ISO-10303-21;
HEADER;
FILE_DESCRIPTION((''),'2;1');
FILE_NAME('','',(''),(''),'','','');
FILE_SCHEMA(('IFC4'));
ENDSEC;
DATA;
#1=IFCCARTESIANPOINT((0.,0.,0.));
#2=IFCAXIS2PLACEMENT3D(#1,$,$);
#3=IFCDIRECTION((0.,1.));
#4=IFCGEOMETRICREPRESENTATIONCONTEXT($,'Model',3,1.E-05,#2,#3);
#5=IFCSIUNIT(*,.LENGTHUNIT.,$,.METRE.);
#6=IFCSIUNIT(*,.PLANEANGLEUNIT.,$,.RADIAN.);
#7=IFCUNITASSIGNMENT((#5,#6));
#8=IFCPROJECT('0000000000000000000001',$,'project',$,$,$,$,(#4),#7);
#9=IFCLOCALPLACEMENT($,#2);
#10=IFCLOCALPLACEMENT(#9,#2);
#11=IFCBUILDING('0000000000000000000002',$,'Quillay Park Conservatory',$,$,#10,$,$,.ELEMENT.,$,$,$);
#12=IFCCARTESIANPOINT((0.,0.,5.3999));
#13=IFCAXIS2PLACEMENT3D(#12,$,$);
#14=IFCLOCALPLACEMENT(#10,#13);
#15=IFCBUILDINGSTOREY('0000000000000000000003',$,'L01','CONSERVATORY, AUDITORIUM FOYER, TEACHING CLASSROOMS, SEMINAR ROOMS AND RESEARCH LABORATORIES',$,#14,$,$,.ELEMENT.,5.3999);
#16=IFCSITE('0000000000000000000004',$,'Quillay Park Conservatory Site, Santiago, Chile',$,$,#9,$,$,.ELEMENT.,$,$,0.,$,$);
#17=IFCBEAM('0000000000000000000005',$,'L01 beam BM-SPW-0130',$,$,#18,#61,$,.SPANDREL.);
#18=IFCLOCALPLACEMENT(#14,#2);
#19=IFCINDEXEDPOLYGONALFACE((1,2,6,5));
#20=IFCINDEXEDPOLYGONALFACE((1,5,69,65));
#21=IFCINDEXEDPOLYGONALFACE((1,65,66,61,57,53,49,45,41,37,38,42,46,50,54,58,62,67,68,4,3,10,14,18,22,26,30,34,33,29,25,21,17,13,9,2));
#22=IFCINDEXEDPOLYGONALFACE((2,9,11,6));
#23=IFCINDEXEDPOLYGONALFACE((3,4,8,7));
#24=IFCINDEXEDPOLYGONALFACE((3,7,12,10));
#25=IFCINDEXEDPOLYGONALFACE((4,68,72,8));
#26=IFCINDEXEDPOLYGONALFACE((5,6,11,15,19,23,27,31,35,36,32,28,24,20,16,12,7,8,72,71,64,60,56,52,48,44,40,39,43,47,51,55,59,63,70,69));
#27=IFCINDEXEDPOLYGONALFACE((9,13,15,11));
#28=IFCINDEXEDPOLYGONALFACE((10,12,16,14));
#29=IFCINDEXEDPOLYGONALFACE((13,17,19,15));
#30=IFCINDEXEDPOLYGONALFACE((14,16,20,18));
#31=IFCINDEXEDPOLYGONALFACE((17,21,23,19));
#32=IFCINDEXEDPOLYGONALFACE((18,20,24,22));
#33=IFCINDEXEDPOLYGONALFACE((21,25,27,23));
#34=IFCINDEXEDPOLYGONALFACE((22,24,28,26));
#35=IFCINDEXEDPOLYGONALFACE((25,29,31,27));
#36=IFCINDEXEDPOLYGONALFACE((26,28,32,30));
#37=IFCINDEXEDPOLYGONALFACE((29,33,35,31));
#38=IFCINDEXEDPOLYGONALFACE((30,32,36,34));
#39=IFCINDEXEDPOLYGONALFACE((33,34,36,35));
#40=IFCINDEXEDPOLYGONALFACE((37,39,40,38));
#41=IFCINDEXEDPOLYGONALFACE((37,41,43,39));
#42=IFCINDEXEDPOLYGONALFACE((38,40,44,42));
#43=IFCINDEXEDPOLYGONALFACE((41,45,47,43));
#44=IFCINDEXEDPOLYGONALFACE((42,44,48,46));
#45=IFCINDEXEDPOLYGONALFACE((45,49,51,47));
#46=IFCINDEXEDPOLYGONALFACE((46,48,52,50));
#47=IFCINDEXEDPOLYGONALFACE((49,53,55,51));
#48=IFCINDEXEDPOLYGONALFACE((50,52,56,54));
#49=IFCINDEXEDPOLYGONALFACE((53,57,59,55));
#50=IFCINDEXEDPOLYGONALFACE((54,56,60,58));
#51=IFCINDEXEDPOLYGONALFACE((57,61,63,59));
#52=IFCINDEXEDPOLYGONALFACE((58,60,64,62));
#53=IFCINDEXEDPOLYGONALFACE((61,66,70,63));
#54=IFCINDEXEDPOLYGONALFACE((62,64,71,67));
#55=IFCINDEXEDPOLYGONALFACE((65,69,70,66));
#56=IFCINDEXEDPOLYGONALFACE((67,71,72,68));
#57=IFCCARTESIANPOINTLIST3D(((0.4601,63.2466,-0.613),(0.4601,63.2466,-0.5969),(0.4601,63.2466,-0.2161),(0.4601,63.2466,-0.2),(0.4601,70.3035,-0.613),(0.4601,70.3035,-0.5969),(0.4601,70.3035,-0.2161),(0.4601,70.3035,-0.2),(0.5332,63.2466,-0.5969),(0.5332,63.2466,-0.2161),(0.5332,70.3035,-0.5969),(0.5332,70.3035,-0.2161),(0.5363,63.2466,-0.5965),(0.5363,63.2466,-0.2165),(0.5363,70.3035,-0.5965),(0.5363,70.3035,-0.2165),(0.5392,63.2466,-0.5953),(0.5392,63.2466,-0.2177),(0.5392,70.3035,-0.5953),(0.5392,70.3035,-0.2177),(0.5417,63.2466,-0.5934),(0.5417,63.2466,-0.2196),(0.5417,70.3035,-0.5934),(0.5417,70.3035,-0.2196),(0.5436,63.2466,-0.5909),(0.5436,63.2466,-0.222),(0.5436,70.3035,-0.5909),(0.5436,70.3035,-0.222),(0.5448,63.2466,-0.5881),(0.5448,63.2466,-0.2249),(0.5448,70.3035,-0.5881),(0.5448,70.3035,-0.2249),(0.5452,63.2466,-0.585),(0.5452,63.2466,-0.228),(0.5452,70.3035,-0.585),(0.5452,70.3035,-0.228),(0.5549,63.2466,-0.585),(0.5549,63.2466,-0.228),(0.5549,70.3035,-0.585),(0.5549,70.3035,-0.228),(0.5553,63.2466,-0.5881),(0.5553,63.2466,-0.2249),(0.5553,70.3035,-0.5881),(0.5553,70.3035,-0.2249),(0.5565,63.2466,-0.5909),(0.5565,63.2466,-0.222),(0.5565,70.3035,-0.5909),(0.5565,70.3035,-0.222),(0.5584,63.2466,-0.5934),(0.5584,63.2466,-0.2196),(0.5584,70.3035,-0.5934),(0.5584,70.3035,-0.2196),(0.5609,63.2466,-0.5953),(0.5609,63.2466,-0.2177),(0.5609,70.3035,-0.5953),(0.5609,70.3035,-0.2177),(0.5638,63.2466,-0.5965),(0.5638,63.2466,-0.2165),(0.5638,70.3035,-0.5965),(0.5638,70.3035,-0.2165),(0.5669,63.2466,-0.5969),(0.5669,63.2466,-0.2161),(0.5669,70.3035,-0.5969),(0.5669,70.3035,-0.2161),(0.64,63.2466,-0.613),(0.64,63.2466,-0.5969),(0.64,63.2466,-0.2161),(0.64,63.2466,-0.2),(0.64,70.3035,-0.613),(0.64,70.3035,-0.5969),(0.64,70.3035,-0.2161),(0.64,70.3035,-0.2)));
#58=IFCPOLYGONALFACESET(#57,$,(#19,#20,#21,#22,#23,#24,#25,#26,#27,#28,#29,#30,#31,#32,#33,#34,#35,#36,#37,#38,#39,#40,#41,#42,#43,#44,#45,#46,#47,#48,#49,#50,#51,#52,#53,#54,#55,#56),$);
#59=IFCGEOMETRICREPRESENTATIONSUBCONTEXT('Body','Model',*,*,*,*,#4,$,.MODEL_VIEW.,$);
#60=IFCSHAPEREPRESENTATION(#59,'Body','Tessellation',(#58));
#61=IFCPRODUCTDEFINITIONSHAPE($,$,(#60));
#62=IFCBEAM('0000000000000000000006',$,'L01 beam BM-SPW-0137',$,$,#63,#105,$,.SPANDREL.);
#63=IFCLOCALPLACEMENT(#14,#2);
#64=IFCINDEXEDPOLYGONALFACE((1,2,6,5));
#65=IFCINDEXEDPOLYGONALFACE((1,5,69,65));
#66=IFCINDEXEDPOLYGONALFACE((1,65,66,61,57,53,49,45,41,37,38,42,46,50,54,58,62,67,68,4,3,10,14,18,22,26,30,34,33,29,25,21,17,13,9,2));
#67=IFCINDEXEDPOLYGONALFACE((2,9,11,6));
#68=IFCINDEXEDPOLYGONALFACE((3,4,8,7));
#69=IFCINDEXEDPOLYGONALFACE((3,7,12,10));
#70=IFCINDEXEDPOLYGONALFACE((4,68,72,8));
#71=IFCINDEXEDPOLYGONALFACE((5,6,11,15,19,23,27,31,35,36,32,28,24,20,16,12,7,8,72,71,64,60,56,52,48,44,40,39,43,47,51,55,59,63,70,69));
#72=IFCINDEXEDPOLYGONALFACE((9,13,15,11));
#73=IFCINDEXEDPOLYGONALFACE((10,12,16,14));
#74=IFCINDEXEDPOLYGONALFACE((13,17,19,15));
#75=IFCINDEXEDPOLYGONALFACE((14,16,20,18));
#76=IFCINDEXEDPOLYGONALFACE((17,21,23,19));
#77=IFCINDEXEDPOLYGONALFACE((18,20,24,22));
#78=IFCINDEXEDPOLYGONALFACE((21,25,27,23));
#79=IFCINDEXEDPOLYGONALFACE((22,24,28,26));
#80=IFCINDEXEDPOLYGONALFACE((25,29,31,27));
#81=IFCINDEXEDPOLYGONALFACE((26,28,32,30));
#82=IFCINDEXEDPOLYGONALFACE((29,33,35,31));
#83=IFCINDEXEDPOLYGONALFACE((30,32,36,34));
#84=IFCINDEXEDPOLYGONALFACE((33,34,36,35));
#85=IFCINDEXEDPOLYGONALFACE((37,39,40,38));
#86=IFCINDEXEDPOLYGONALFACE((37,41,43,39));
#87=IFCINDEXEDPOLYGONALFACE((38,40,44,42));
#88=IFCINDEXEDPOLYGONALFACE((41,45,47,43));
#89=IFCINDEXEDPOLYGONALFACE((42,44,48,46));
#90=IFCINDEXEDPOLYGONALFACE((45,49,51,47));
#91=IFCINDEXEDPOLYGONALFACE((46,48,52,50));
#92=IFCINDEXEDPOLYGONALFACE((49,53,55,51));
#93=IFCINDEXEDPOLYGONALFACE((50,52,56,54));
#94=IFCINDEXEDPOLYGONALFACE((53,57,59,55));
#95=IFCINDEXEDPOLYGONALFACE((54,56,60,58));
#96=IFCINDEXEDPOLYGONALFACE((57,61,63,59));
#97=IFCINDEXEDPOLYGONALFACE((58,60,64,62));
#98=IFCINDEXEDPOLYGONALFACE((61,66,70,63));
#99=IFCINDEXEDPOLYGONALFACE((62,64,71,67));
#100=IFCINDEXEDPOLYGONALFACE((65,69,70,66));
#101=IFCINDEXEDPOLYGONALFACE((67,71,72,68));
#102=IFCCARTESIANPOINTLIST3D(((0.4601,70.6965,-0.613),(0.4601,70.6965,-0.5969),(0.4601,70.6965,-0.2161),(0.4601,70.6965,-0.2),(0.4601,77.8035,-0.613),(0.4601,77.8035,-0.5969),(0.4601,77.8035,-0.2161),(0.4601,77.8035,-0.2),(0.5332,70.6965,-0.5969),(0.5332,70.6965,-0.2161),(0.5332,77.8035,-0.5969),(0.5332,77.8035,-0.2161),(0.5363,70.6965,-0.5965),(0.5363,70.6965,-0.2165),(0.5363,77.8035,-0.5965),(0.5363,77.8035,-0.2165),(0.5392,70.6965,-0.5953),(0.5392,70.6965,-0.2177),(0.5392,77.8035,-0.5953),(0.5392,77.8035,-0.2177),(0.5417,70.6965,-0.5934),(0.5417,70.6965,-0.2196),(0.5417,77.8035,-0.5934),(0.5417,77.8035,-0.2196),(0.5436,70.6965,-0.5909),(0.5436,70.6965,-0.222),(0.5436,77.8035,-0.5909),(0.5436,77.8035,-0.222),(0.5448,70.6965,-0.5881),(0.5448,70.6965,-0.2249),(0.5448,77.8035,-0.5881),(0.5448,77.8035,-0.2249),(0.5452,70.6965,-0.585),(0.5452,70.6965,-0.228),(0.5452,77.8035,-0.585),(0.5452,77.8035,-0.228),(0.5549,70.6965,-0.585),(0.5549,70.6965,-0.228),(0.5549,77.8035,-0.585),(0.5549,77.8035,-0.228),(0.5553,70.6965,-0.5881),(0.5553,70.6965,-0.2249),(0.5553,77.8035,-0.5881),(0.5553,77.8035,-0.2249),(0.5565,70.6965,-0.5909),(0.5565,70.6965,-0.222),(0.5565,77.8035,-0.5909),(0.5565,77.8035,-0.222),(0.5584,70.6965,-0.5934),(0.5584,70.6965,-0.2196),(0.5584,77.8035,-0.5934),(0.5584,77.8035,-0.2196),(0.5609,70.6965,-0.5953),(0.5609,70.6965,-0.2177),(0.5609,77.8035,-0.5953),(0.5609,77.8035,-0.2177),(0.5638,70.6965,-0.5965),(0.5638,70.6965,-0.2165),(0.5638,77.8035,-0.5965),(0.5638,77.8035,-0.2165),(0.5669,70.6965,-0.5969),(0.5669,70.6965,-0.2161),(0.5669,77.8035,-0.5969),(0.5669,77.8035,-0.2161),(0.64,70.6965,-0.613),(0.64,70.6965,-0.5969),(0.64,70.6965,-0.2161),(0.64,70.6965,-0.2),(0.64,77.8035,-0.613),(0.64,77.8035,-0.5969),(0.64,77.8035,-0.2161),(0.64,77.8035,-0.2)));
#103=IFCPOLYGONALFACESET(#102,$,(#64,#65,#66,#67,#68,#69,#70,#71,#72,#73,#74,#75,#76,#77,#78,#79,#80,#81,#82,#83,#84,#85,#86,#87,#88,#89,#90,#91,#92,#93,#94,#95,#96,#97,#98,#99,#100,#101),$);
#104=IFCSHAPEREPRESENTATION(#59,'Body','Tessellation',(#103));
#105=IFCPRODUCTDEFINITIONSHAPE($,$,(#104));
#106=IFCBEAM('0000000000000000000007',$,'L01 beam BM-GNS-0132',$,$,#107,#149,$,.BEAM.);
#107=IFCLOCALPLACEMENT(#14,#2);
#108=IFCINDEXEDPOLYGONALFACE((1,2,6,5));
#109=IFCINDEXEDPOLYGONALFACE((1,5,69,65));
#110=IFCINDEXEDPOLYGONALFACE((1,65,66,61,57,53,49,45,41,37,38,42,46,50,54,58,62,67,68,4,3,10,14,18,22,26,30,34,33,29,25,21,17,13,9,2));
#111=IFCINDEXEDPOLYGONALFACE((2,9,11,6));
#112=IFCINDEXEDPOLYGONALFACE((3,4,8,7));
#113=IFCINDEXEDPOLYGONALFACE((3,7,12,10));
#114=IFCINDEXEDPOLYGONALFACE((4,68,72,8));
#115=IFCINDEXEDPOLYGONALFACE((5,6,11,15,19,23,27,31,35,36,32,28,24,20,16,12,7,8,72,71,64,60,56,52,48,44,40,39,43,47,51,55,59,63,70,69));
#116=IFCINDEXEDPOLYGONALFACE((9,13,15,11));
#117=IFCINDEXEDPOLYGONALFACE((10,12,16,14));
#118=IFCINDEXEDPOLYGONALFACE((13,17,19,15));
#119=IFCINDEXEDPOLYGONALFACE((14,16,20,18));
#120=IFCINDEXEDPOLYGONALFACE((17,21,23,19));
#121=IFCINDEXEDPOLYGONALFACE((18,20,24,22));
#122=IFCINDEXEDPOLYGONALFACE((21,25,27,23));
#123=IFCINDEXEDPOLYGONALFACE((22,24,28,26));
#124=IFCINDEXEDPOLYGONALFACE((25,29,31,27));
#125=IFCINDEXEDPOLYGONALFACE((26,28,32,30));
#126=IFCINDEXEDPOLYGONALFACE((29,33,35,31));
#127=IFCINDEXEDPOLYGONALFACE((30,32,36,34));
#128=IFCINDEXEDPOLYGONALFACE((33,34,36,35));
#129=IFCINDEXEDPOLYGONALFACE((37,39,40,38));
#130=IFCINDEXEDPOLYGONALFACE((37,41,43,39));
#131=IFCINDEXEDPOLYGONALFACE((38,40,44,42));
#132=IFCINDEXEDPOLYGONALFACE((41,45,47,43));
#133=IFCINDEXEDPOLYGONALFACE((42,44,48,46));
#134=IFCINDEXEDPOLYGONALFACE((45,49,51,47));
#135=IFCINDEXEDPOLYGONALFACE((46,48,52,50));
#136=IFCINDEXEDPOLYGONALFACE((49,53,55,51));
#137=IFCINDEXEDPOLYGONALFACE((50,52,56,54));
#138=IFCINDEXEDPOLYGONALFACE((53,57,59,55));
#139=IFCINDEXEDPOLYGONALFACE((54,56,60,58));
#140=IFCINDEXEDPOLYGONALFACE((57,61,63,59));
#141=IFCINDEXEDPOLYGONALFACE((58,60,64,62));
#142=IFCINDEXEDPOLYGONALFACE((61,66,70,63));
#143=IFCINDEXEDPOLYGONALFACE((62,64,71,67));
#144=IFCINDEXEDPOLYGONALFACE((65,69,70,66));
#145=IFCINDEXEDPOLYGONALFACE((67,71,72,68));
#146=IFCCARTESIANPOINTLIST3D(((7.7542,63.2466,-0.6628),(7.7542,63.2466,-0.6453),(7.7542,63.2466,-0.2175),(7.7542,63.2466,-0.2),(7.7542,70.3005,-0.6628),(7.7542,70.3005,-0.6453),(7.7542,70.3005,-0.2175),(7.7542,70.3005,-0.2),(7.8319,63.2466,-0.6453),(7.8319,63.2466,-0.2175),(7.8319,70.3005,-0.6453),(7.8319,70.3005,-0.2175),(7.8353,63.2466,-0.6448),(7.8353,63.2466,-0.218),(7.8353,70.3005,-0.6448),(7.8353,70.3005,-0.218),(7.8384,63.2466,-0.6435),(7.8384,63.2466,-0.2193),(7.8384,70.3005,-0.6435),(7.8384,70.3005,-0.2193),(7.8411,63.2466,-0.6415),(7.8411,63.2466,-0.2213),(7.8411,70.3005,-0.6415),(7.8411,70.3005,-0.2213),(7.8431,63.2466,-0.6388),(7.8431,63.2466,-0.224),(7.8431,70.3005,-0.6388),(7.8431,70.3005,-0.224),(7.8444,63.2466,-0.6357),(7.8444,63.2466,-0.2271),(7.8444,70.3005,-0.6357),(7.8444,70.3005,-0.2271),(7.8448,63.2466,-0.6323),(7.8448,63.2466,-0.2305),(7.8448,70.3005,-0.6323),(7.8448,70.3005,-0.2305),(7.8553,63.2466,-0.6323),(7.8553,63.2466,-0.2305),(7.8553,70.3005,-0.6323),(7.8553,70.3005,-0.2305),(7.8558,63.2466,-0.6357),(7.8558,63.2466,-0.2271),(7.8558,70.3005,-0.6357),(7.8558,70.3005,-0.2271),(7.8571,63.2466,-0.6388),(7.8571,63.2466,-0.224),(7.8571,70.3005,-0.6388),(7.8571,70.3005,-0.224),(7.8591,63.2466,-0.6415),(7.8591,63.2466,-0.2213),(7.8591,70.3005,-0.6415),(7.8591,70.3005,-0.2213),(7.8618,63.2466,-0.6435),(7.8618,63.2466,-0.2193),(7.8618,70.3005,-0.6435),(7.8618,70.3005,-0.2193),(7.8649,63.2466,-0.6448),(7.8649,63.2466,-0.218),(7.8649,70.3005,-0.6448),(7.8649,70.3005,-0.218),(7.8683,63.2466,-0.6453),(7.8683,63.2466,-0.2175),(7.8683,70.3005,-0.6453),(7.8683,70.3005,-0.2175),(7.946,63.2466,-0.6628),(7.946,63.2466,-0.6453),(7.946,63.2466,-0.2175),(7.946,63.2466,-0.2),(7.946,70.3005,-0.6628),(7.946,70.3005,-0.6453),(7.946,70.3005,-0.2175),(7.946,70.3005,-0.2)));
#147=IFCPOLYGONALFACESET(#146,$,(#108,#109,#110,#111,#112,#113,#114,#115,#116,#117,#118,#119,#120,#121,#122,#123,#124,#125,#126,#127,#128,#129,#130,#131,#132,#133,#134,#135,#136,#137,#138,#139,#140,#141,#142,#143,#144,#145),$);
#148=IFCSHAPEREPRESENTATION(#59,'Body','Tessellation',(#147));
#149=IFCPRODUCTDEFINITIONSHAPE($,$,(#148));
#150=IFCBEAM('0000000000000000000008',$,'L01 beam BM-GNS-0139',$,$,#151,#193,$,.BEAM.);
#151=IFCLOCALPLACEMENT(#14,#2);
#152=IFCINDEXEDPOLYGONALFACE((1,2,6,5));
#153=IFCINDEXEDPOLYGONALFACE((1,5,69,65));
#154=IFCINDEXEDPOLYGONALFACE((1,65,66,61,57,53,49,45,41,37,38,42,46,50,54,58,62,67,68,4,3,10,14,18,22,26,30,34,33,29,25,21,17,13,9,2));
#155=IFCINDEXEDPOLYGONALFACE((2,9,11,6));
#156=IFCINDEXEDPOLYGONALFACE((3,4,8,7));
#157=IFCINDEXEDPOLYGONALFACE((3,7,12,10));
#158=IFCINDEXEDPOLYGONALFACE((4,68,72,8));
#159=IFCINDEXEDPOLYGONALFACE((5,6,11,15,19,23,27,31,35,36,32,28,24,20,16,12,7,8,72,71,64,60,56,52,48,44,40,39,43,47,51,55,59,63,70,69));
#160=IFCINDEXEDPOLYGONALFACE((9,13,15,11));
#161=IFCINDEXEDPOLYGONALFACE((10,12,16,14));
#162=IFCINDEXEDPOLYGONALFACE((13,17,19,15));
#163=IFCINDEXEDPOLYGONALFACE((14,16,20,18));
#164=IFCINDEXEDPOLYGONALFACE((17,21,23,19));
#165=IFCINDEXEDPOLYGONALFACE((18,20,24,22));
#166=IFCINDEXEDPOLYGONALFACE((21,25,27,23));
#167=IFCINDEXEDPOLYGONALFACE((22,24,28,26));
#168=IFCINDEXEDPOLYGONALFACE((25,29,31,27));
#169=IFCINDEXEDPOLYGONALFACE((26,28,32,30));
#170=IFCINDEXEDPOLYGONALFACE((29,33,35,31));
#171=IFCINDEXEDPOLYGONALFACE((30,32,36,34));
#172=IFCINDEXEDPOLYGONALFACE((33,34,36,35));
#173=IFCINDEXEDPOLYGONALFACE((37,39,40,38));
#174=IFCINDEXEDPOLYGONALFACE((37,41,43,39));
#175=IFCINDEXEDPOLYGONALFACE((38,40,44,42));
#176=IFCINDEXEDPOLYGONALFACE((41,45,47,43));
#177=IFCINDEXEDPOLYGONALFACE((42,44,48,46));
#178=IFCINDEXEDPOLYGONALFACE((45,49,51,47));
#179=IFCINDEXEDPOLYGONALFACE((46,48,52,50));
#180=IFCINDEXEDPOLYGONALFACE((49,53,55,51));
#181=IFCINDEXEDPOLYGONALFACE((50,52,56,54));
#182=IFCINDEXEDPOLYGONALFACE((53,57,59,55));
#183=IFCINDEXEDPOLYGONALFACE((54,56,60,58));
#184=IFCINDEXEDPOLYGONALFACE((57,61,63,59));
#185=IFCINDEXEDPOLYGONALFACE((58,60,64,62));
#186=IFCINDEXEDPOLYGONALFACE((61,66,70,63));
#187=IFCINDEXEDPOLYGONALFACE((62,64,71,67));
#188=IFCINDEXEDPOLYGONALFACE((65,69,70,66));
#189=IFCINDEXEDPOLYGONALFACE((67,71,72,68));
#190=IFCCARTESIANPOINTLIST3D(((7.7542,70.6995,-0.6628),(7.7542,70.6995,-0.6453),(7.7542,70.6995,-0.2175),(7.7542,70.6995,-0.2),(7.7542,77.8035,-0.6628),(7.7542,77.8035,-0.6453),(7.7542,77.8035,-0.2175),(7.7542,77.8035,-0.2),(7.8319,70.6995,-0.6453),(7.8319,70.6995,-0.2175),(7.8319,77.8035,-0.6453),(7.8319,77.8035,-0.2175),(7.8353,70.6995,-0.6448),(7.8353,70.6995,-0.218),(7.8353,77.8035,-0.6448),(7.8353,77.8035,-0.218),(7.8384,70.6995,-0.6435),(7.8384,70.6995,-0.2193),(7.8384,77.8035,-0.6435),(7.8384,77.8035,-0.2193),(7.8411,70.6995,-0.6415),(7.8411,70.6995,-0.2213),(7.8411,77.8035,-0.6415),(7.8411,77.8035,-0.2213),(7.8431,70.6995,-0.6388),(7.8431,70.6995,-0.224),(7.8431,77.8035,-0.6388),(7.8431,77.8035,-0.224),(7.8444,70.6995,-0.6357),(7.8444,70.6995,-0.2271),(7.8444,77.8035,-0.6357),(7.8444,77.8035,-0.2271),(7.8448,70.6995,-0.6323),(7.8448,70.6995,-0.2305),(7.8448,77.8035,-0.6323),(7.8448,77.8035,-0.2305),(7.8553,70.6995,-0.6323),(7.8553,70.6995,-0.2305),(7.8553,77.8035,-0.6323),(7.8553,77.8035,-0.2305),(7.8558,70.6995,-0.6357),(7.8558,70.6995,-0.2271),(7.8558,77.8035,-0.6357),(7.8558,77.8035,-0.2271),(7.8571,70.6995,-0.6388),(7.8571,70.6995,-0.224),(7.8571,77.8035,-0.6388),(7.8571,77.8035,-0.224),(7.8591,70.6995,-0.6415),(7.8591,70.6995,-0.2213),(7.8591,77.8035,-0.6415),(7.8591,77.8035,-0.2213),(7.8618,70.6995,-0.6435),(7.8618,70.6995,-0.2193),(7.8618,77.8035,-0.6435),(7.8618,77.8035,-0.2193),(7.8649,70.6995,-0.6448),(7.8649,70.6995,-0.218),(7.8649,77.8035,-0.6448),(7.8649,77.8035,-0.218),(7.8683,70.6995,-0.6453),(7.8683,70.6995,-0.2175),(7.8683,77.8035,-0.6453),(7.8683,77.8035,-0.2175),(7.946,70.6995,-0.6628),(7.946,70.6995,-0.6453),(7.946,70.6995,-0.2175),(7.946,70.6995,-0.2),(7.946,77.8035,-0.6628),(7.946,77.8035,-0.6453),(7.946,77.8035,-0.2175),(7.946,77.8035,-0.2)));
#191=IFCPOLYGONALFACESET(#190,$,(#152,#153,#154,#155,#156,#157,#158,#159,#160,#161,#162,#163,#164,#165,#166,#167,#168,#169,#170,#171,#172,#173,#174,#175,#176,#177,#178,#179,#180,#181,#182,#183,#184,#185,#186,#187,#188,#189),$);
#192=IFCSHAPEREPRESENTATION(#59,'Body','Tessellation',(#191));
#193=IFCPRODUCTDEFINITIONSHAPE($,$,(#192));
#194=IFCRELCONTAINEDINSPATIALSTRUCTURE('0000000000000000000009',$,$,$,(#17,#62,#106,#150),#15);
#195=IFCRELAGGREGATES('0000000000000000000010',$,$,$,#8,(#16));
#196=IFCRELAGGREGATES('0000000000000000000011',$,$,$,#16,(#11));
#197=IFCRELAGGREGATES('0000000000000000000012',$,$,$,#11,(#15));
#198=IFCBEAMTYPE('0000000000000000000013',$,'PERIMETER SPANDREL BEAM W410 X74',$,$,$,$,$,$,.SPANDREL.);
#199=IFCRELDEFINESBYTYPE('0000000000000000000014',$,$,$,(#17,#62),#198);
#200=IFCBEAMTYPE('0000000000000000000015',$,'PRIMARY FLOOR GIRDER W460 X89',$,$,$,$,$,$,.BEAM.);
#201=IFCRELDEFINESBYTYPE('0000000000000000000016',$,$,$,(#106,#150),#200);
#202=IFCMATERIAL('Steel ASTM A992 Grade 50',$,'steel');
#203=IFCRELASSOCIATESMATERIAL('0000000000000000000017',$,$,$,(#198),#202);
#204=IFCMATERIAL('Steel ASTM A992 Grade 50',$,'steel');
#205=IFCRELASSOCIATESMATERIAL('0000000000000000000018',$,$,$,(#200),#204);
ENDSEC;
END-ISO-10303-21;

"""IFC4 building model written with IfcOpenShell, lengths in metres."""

from ifc_helpers import new_model, si_unit, direction, frame, origin, origin_2d, place, context, subcontext, project, spatial, i_section, extrude, material, material_profile, profile_set, type_object, element, save


model = new_model("IFC4")

# Units and contexts
model_context = context("Model", 3, precision=1e-05, world=origin(), true_north=direction((0.0, 1.0)))
body_context = subcontext(model_context, "Body", "Model", "MODEL_VIEW")
ifc_project = project(units=[si_unit("LENGTHUNIT", "METRE"), si_unit("PLANEANGLEUNIT", "RADIAN")], contexts=[model_context])

# Site, building, storey
site_placement = place(None, origin())
site = spatial("IfcSite", under=ifc_project, at=site_placement, Name="Quillay Park Conservatory Site, Santiago, Chile", CompositionType="ELEMENT", RefElevation=0.0)
building_placement = place(site_placement, origin())
building = spatial("IfcBuilding", under=site, at=building_placement, Name="Quillay Park Conservatory", CompositionType="ELEMENT")
storey_placement = place(building_placement, frame((0.0, 0.0, 5.3999)))
storey = spatial("IfcBuildingStorey", under=building, at=storey_placement, Name="L01", Description="CONSERVATORY, AUDITORIUM FOYER, TEACHING CLASSROOMS, SEMINAR ROOMS AND RESEARCH LABORATORIES", CompositionType="ELEMENT", Elevation=5.3999)

# Beams
ifc_material_1 = material(Name="Steel ASTM A992 Grade 50", Category="steel")
ifc_material_profile_1 = material_profile(ifc_material_1, i_section(OverallWidth=0.1799, OverallDepth=0.4131, WebThickness=0.0098, FlangeThickness=0.0161, FilletRadius=0.012, at=origin_2d()), Name="W410x74")
ifc_profile_set_1 = profile_set([ifc_material_profile_1], Name="Steel ASTM A992 Grade 50")
beam_type_1 = type_object("IfcBeamType", Name="PERIMETER SPANDREL BEAM W410 X74", PredefinedType="SPANDREL", material=ifc_profile_set_1)
beam_1_placement = place(storey_placement, frame((0.55, 63.2466, -0.4065), z_axis=(0.0, 1.0, 0.0), x_axis=(-1.0, 0.0, 0.0)))
element("IfcBeam", 1, at=beam_1_placement, inside=storey, type_object=beam_type_1, Name="L01 beam BM-SPW-0130", PredefinedType="SPANDREL", context=body_context, shape_type="SweptSolid", body=[
    extrude(i_section(OverallWidth=0.1799, OverallDepth=0.4131, WebThickness=0.0098, FlangeThickness=0.0161, FilletRadius=0.012, at=origin_2d()), origin(), (0.0, 0.0, 1.0), 7.0569),
])
beam_2_placement = place(storey_placement, frame((0.55, 70.6965, -0.4065), z_axis=(0.0, 1.0, 0.0), x_axis=(-1.0, 0.0, 0.0)))
element("IfcBeam", 2, at=beam_2_placement, inside=storey, type_object=beam_type_1, Name="L01 beam BM-SPW-0137", PredefinedType="SPANDREL", context=body_context, shape_type="SweptSolid", body=[
    extrude(i_section(OverallWidth=0.1799, OverallDepth=0.4131, WebThickness=0.0098, FlangeThickness=0.0161, FilletRadius=0.012, at=origin_2d()), origin(), (0.0, 0.0, 1.0), 7.1069),
])
ifc_material_2 = material(Name="Steel ASTM A992 Grade 50", Category="steel")
ifc_material_profile_2 = material_profile(ifc_material_2, i_section(OverallWidth=0.1919, OverallDepth=0.4629, WebThickness=0.0105, FlangeThickness=0.0176, FilletRadius=0.0129, at=origin_2d()), Name="W460x89")
ifc_profile_set_2 = profile_set([ifc_material_profile_2], Name="Steel ASTM A992 Grade 50")
beam_type_2 = type_object("IfcBeamType", Name="PRIMARY FLOOR GIRDER W460 X89", PredefinedType="BEAM", material=ifc_profile_set_2)
beam_3_placement = place(storey_placement, frame((7.8501, 63.2466, -0.4314), z_axis=(0.0, 1.0, 0.0), x_axis=(-1.0, 0.0, 0.0)))
element("IfcBeam", 3, at=beam_3_placement, inside=storey, type_object=beam_type_2, Name="L01 beam BM-GNS-0132", PredefinedType="BEAM", context=body_context, shape_type="SweptSolid", body=[
    extrude(i_section(OverallWidth=0.1919, OverallDepth=0.4629, WebThickness=0.0105, FlangeThickness=0.0176, FilletRadius=0.0129, at=origin_2d()), origin(), (0.0, 0.0, 1.0), 7.054),
])
beam_4_placement = place(storey_placement, frame((7.8501, 70.6995, -0.4314), z_axis=(0.0, 1.0, 0.0), x_axis=(-1.0, 0.0, 0.0)))
element("IfcBeam", 4, at=beam_4_placement, inside=storey, type_object=beam_type_2, Name="L01 beam BM-GNS-0139", PredefinedType="BEAM", context=body_context, shape_type="SweptSolid", body=[
    extrude(i_section(OverallWidth=0.1919, OverallDepth=0.4629, WebThickness=0.0105, FlangeThickness=0.0176, FilletRadius=0.0129, at=origin_2d()), origin(), (0.0, 0.0, 1.0), 7.104),
])

save(model, "model.ifc")
